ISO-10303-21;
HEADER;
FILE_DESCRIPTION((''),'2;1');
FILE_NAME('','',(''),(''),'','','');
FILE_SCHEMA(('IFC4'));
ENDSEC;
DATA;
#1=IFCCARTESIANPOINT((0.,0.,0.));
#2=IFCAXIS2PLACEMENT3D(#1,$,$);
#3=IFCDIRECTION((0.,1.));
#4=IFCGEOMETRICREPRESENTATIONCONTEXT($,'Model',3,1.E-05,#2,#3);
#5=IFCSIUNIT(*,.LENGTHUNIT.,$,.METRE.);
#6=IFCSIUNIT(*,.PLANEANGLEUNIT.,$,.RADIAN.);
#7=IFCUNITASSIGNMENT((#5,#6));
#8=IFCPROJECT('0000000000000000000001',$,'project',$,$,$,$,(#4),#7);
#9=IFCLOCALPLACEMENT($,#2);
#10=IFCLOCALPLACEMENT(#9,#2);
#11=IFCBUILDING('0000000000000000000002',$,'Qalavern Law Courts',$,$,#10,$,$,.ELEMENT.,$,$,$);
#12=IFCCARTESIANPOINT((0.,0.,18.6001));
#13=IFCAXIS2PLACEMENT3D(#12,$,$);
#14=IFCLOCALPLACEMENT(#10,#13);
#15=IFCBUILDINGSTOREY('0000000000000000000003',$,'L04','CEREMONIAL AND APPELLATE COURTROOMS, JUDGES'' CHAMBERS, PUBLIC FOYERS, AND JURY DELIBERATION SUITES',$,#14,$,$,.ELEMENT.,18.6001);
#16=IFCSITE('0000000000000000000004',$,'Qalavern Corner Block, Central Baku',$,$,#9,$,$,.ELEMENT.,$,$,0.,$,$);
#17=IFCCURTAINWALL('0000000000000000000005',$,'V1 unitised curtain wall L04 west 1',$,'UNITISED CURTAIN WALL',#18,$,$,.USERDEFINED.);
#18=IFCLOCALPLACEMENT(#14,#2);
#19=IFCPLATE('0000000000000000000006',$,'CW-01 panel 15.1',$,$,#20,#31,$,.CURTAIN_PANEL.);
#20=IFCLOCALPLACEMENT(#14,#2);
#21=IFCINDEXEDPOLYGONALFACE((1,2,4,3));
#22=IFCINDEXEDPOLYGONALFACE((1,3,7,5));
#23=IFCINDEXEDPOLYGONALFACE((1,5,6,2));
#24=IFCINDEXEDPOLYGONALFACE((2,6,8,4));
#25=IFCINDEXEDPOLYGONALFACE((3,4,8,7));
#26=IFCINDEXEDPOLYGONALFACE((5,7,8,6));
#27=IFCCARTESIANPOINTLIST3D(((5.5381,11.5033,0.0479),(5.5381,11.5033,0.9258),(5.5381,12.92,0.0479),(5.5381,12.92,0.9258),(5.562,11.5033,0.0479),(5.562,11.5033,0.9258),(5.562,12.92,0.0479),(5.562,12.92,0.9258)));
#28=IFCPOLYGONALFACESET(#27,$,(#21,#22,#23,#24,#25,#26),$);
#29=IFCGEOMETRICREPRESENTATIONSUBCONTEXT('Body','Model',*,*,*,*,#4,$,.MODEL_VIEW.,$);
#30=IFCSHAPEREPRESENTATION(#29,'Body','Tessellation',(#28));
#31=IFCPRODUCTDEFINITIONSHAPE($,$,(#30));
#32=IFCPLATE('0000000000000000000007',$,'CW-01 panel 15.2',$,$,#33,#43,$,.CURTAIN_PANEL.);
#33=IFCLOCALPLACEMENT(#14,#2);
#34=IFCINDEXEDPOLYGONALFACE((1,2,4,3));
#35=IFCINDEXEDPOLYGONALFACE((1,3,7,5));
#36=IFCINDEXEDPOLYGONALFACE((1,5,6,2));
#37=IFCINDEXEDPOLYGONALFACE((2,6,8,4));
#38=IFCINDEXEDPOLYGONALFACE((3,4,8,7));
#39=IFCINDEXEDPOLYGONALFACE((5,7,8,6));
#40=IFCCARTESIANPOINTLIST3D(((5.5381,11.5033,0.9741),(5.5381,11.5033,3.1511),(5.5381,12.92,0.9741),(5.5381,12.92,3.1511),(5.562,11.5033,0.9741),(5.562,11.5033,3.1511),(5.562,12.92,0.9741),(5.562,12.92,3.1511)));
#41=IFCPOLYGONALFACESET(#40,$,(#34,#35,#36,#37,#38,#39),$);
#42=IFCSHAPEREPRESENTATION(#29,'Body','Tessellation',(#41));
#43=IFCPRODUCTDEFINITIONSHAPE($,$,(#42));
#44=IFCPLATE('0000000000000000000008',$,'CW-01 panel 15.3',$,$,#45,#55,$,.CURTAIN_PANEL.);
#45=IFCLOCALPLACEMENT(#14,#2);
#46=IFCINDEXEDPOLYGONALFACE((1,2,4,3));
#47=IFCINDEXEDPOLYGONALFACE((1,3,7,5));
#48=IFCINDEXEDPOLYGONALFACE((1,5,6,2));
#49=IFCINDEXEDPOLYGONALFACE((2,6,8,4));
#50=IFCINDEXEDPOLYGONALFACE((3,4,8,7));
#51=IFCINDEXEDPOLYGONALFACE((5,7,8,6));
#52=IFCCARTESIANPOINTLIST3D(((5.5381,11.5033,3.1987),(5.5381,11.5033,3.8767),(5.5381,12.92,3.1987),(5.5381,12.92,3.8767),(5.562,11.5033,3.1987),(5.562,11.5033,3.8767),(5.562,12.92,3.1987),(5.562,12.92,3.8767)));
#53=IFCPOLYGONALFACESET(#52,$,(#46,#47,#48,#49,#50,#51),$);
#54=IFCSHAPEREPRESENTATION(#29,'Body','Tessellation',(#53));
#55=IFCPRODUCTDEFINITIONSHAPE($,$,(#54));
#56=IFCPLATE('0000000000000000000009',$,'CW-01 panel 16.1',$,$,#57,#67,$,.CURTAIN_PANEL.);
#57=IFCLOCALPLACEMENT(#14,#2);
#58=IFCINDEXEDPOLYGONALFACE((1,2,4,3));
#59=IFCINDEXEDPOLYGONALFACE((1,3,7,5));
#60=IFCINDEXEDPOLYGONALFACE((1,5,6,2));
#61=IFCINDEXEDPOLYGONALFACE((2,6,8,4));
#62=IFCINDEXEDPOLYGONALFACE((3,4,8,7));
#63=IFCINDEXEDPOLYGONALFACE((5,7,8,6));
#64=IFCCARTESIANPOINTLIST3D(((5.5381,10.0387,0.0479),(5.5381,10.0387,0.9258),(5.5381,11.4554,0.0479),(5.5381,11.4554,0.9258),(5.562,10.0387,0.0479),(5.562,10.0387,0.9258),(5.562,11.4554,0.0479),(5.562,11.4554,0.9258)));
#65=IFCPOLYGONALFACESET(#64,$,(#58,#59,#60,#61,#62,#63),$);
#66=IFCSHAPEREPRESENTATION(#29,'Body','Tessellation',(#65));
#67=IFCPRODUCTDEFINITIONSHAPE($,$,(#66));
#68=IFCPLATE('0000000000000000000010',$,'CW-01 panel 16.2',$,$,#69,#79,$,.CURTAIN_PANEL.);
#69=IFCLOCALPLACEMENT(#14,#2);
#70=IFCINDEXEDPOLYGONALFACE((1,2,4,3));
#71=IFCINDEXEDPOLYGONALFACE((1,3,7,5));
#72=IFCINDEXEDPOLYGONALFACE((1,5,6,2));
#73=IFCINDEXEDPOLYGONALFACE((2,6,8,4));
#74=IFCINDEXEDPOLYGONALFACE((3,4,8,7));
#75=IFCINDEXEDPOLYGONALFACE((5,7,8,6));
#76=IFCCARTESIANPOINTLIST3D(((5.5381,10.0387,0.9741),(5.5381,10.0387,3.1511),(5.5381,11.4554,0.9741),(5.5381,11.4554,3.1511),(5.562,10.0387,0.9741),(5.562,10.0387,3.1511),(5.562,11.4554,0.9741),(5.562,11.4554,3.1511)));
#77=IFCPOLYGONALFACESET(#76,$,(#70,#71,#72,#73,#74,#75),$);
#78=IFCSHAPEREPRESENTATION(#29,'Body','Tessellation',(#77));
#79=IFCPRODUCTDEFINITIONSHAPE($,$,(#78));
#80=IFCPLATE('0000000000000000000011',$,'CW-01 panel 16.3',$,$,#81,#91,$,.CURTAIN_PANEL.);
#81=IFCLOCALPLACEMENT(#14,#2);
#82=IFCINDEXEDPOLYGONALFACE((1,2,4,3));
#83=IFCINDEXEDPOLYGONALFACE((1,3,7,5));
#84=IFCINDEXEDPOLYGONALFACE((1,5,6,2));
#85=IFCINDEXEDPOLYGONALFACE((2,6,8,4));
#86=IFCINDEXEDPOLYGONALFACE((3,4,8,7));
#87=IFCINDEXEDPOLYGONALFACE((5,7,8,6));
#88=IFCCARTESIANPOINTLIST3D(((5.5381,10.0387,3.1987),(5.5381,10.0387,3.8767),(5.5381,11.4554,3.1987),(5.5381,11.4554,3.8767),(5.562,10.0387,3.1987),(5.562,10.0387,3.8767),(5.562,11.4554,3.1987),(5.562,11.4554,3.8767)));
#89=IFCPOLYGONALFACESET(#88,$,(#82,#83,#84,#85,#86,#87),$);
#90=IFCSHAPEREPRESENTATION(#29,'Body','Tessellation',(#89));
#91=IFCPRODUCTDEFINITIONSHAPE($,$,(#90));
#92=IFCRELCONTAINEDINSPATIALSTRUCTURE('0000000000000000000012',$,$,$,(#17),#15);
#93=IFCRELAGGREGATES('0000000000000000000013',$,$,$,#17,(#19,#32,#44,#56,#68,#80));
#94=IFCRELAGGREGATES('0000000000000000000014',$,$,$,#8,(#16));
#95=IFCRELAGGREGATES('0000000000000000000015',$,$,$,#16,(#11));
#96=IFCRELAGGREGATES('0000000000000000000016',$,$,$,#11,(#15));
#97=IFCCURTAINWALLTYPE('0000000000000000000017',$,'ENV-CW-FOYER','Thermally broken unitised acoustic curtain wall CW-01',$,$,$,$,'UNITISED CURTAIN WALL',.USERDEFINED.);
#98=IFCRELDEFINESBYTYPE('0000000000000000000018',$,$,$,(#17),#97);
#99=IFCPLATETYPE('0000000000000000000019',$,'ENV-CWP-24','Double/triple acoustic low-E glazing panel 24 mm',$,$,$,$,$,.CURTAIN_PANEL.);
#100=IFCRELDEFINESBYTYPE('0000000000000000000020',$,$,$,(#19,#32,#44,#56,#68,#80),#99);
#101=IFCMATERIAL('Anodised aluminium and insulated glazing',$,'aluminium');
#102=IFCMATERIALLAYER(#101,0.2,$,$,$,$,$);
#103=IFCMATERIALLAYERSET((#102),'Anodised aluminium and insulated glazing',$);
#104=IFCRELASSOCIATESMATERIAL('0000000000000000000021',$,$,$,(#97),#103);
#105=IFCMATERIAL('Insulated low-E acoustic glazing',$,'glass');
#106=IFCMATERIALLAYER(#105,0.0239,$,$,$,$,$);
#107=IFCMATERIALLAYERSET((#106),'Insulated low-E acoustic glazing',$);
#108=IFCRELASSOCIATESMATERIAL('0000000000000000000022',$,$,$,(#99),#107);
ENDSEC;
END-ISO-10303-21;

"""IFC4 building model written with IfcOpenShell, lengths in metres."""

from ifc_helpers import new_model, si_unit, direction, frame, origin, origin_2d, place, context, subcontext, project, spatial, rectangle, extrude, material, layer, layer_set, type_object, element, aggregate, save


model = new_model("IFC4")

# Units and contexts
model_context = context("Model", 3, precision=1e-05, world=origin(), true_north=direction((0.0, 1.0)))
body_context = subcontext(model_context, "Body", "Model", "MODEL_VIEW")
ifc_project = project(units=[si_unit("LENGTHUNIT", "METRE"), si_unit("PLANEANGLEUNIT", "RADIAN")], contexts=[model_context])

# Site, building, storey
site_placement = place(None, origin())
site = spatial("IfcSite", under=ifc_project, at=site_placement, Name="Qalavern Corner Block, Central Baku", CompositionType="ELEMENT", RefElevation=0.0)
building_placement = place(site_placement, origin())
building = spatial("IfcBuilding", under=site, at=building_placement, Name="Qalavern Law Courts", CompositionType="ELEMENT")
storey_placement = place(building_placement, frame((0.0, 0.0, 18.6001)))
storey = spatial("IfcBuildingStorey", under=building, at=storey_placement, Name="L04", Description="CEREMONIAL AND APPELLATE COURTROOMS, JUDGES' CHAMBERS, PUBLIC FOYERS, AND JURY DELIBERATION SUITES", CompositionType="ELEMENT", Elevation=18.6001)

# Curtain wall
ifc_material_1 = material(Name="Anodised aluminium and insulated glazing", Category="aluminium")
ifc_layer_1 = layer(ifc_material_1, 0.2)
ifc_layer_set_1 = layer_set([ifc_layer_1], Name="Anodised aluminium and insulated glazing")
curtain_wall_type = type_object("IfcCurtainWallType", Name="ENV-CW-FOYER", Description="Thermally broken unitised acoustic curtain wall CW-01", ElementType="UNITISED CURTAIN WALL", PredefinedType="USERDEFINED", material=ifc_layer_set_1)
curtain_wall_placement = place(storey_placement, origin())
curtain_wall = element("IfcCurtainWall", 1, at=curtain_wall_placement, inside=storey, type_object=curtain_wall_type, Name="V1 unitised curtain wall L04 west 1", ObjectType="UNITISED CURTAIN WALL", PredefinedType="USERDEFINED")

# Plates
ifc_material_2 = material(Name="Insulated low-E acoustic glazing", Category="glass")
ifc_layer_2 = layer(ifc_material_2, 0.0239)
ifc_layer_set_2 = layer_set([ifc_layer_2], Name="Insulated low-E acoustic glazing")
plate_type = type_object("IfcPlateType", Name="ENV-CWP-24", Description="Double/triple acoustic low-E glazing panel 24 mm", PredefinedType="CURTAIN_PANEL", material=ifc_layer_set_2)
plate_1_placement = place(storey_placement, frame((5.55, 12.2117, 0.0479), z_axis=(0.0, 0.0, 1.0), x_axis=(0.0, -1.0, 0.0)))
plate_1 = element("IfcPlate", 2, at=plate_1_placement, type_object=plate_type, Name="CW-01 panel 15.1", PredefinedType="CURTAIN_PANEL", context=body_context, shape_type="SweptSolid", body=[
    extrude(rectangle(XDim=1.4167, YDim=0.0239, at=origin_2d()), origin(), (0.0, 0.0, 1.0), 0.8779),
])
plate_2_placement = place(storey_placement, frame((5.55, 12.2117, 0.9741), z_axis=(0.0, 0.0, 1.0), x_axis=(0.0, -1.0, 0.0)))
plate_2 = element("IfcPlate", 3, at=plate_2_placement, type_object=plate_type, Name="CW-01 panel 15.2", PredefinedType="CURTAIN_PANEL", context=body_context, shape_type="SweptSolid", body=[
    extrude(rectangle(XDim=1.4167, YDim=0.0239, at=origin_2d()), origin(), (0.0, 0.0, 1.0), 2.177),
])
plate_3_placement = place(storey_placement, frame((5.55, 12.2117, 3.1987), z_axis=(0.0, 0.0, 1.0), x_axis=(0.0, -1.0, 0.0)))
plate_3 = element("IfcPlate", 4, at=plate_3_placement, type_object=plate_type, Name="CW-01 panel 15.3", PredefinedType="CURTAIN_PANEL", context=body_context, shape_type="SweptSolid", body=[
    extrude(rectangle(XDim=1.4167, YDim=0.0239, at=origin_2d()), origin(), (0.0, 0.0, 1.0), 0.678),
])
plate_4_placement = place(storey_placement, frame((5.55, 10.7471, 0.0479), z_axis=(0.0, 0.0, 1.0), x_axis=(0.0, -1.0, 0.0)))
plate_4 = element("IfcPlate", 5, at=plate_4_placement, type_object=plate_type, Name="CW-01 panel 16.1", PredefinedType="CURTAIN_PANEL", context=body_context, shape_type="SweptSolid", body=[
    extrude(rectangle(XDim=1.4167, YDim=0.0239, at=origin_2d()), origin(), (0.0, 0.0, 1.0), 0.8779),
])
plate_5_placement = place(storey_placement, frame((5.55, 10.7471, 0.9741), z_axis=(0.0, 0.0, 1.0), x_axis=(0.0, -1.0, 0.0)))
plate_5 = element("IfcPlate", 6, at=plate_5_placement, type_object=plate_type, Name="CW-01 panel 16.2", PredefinedType="CURTAIN_PANEL", context=body_context, shape_type="SweptSolid", body=[
    extrude(rectangle(XDim=1.4167, YDim=0.0239, at=origin_2d()), origin(), (0.0, 0.0, 1.0), 2.177),
])
plate_6_placement = place(storey_placement, frame((5.55, 10.7471, 3.1987), z_axis=(0.0, 0.0, 1.0), x_axis=(0.0, -1.0, 0.0)))
plate_6 = element("IfcPlate", 7, at=plate_6_placement, type_object=plate_type, Name="CW-01 panel 16.3", PredefinedType="CURTAIN_PANEL", context=body_context, shape_type="SweptSolid", body=[
    extrude(rectangle(XDim=1.4167, YDim=0.0239, at=origin_2d()), origin(), (0.0, 0.0, 1.0), 0.678),
])
aggregate(curtain_wall, [plate_1, plate_2, plate_3, plate_4, plate_5, plate_6])

save(model, "model.ifc")
